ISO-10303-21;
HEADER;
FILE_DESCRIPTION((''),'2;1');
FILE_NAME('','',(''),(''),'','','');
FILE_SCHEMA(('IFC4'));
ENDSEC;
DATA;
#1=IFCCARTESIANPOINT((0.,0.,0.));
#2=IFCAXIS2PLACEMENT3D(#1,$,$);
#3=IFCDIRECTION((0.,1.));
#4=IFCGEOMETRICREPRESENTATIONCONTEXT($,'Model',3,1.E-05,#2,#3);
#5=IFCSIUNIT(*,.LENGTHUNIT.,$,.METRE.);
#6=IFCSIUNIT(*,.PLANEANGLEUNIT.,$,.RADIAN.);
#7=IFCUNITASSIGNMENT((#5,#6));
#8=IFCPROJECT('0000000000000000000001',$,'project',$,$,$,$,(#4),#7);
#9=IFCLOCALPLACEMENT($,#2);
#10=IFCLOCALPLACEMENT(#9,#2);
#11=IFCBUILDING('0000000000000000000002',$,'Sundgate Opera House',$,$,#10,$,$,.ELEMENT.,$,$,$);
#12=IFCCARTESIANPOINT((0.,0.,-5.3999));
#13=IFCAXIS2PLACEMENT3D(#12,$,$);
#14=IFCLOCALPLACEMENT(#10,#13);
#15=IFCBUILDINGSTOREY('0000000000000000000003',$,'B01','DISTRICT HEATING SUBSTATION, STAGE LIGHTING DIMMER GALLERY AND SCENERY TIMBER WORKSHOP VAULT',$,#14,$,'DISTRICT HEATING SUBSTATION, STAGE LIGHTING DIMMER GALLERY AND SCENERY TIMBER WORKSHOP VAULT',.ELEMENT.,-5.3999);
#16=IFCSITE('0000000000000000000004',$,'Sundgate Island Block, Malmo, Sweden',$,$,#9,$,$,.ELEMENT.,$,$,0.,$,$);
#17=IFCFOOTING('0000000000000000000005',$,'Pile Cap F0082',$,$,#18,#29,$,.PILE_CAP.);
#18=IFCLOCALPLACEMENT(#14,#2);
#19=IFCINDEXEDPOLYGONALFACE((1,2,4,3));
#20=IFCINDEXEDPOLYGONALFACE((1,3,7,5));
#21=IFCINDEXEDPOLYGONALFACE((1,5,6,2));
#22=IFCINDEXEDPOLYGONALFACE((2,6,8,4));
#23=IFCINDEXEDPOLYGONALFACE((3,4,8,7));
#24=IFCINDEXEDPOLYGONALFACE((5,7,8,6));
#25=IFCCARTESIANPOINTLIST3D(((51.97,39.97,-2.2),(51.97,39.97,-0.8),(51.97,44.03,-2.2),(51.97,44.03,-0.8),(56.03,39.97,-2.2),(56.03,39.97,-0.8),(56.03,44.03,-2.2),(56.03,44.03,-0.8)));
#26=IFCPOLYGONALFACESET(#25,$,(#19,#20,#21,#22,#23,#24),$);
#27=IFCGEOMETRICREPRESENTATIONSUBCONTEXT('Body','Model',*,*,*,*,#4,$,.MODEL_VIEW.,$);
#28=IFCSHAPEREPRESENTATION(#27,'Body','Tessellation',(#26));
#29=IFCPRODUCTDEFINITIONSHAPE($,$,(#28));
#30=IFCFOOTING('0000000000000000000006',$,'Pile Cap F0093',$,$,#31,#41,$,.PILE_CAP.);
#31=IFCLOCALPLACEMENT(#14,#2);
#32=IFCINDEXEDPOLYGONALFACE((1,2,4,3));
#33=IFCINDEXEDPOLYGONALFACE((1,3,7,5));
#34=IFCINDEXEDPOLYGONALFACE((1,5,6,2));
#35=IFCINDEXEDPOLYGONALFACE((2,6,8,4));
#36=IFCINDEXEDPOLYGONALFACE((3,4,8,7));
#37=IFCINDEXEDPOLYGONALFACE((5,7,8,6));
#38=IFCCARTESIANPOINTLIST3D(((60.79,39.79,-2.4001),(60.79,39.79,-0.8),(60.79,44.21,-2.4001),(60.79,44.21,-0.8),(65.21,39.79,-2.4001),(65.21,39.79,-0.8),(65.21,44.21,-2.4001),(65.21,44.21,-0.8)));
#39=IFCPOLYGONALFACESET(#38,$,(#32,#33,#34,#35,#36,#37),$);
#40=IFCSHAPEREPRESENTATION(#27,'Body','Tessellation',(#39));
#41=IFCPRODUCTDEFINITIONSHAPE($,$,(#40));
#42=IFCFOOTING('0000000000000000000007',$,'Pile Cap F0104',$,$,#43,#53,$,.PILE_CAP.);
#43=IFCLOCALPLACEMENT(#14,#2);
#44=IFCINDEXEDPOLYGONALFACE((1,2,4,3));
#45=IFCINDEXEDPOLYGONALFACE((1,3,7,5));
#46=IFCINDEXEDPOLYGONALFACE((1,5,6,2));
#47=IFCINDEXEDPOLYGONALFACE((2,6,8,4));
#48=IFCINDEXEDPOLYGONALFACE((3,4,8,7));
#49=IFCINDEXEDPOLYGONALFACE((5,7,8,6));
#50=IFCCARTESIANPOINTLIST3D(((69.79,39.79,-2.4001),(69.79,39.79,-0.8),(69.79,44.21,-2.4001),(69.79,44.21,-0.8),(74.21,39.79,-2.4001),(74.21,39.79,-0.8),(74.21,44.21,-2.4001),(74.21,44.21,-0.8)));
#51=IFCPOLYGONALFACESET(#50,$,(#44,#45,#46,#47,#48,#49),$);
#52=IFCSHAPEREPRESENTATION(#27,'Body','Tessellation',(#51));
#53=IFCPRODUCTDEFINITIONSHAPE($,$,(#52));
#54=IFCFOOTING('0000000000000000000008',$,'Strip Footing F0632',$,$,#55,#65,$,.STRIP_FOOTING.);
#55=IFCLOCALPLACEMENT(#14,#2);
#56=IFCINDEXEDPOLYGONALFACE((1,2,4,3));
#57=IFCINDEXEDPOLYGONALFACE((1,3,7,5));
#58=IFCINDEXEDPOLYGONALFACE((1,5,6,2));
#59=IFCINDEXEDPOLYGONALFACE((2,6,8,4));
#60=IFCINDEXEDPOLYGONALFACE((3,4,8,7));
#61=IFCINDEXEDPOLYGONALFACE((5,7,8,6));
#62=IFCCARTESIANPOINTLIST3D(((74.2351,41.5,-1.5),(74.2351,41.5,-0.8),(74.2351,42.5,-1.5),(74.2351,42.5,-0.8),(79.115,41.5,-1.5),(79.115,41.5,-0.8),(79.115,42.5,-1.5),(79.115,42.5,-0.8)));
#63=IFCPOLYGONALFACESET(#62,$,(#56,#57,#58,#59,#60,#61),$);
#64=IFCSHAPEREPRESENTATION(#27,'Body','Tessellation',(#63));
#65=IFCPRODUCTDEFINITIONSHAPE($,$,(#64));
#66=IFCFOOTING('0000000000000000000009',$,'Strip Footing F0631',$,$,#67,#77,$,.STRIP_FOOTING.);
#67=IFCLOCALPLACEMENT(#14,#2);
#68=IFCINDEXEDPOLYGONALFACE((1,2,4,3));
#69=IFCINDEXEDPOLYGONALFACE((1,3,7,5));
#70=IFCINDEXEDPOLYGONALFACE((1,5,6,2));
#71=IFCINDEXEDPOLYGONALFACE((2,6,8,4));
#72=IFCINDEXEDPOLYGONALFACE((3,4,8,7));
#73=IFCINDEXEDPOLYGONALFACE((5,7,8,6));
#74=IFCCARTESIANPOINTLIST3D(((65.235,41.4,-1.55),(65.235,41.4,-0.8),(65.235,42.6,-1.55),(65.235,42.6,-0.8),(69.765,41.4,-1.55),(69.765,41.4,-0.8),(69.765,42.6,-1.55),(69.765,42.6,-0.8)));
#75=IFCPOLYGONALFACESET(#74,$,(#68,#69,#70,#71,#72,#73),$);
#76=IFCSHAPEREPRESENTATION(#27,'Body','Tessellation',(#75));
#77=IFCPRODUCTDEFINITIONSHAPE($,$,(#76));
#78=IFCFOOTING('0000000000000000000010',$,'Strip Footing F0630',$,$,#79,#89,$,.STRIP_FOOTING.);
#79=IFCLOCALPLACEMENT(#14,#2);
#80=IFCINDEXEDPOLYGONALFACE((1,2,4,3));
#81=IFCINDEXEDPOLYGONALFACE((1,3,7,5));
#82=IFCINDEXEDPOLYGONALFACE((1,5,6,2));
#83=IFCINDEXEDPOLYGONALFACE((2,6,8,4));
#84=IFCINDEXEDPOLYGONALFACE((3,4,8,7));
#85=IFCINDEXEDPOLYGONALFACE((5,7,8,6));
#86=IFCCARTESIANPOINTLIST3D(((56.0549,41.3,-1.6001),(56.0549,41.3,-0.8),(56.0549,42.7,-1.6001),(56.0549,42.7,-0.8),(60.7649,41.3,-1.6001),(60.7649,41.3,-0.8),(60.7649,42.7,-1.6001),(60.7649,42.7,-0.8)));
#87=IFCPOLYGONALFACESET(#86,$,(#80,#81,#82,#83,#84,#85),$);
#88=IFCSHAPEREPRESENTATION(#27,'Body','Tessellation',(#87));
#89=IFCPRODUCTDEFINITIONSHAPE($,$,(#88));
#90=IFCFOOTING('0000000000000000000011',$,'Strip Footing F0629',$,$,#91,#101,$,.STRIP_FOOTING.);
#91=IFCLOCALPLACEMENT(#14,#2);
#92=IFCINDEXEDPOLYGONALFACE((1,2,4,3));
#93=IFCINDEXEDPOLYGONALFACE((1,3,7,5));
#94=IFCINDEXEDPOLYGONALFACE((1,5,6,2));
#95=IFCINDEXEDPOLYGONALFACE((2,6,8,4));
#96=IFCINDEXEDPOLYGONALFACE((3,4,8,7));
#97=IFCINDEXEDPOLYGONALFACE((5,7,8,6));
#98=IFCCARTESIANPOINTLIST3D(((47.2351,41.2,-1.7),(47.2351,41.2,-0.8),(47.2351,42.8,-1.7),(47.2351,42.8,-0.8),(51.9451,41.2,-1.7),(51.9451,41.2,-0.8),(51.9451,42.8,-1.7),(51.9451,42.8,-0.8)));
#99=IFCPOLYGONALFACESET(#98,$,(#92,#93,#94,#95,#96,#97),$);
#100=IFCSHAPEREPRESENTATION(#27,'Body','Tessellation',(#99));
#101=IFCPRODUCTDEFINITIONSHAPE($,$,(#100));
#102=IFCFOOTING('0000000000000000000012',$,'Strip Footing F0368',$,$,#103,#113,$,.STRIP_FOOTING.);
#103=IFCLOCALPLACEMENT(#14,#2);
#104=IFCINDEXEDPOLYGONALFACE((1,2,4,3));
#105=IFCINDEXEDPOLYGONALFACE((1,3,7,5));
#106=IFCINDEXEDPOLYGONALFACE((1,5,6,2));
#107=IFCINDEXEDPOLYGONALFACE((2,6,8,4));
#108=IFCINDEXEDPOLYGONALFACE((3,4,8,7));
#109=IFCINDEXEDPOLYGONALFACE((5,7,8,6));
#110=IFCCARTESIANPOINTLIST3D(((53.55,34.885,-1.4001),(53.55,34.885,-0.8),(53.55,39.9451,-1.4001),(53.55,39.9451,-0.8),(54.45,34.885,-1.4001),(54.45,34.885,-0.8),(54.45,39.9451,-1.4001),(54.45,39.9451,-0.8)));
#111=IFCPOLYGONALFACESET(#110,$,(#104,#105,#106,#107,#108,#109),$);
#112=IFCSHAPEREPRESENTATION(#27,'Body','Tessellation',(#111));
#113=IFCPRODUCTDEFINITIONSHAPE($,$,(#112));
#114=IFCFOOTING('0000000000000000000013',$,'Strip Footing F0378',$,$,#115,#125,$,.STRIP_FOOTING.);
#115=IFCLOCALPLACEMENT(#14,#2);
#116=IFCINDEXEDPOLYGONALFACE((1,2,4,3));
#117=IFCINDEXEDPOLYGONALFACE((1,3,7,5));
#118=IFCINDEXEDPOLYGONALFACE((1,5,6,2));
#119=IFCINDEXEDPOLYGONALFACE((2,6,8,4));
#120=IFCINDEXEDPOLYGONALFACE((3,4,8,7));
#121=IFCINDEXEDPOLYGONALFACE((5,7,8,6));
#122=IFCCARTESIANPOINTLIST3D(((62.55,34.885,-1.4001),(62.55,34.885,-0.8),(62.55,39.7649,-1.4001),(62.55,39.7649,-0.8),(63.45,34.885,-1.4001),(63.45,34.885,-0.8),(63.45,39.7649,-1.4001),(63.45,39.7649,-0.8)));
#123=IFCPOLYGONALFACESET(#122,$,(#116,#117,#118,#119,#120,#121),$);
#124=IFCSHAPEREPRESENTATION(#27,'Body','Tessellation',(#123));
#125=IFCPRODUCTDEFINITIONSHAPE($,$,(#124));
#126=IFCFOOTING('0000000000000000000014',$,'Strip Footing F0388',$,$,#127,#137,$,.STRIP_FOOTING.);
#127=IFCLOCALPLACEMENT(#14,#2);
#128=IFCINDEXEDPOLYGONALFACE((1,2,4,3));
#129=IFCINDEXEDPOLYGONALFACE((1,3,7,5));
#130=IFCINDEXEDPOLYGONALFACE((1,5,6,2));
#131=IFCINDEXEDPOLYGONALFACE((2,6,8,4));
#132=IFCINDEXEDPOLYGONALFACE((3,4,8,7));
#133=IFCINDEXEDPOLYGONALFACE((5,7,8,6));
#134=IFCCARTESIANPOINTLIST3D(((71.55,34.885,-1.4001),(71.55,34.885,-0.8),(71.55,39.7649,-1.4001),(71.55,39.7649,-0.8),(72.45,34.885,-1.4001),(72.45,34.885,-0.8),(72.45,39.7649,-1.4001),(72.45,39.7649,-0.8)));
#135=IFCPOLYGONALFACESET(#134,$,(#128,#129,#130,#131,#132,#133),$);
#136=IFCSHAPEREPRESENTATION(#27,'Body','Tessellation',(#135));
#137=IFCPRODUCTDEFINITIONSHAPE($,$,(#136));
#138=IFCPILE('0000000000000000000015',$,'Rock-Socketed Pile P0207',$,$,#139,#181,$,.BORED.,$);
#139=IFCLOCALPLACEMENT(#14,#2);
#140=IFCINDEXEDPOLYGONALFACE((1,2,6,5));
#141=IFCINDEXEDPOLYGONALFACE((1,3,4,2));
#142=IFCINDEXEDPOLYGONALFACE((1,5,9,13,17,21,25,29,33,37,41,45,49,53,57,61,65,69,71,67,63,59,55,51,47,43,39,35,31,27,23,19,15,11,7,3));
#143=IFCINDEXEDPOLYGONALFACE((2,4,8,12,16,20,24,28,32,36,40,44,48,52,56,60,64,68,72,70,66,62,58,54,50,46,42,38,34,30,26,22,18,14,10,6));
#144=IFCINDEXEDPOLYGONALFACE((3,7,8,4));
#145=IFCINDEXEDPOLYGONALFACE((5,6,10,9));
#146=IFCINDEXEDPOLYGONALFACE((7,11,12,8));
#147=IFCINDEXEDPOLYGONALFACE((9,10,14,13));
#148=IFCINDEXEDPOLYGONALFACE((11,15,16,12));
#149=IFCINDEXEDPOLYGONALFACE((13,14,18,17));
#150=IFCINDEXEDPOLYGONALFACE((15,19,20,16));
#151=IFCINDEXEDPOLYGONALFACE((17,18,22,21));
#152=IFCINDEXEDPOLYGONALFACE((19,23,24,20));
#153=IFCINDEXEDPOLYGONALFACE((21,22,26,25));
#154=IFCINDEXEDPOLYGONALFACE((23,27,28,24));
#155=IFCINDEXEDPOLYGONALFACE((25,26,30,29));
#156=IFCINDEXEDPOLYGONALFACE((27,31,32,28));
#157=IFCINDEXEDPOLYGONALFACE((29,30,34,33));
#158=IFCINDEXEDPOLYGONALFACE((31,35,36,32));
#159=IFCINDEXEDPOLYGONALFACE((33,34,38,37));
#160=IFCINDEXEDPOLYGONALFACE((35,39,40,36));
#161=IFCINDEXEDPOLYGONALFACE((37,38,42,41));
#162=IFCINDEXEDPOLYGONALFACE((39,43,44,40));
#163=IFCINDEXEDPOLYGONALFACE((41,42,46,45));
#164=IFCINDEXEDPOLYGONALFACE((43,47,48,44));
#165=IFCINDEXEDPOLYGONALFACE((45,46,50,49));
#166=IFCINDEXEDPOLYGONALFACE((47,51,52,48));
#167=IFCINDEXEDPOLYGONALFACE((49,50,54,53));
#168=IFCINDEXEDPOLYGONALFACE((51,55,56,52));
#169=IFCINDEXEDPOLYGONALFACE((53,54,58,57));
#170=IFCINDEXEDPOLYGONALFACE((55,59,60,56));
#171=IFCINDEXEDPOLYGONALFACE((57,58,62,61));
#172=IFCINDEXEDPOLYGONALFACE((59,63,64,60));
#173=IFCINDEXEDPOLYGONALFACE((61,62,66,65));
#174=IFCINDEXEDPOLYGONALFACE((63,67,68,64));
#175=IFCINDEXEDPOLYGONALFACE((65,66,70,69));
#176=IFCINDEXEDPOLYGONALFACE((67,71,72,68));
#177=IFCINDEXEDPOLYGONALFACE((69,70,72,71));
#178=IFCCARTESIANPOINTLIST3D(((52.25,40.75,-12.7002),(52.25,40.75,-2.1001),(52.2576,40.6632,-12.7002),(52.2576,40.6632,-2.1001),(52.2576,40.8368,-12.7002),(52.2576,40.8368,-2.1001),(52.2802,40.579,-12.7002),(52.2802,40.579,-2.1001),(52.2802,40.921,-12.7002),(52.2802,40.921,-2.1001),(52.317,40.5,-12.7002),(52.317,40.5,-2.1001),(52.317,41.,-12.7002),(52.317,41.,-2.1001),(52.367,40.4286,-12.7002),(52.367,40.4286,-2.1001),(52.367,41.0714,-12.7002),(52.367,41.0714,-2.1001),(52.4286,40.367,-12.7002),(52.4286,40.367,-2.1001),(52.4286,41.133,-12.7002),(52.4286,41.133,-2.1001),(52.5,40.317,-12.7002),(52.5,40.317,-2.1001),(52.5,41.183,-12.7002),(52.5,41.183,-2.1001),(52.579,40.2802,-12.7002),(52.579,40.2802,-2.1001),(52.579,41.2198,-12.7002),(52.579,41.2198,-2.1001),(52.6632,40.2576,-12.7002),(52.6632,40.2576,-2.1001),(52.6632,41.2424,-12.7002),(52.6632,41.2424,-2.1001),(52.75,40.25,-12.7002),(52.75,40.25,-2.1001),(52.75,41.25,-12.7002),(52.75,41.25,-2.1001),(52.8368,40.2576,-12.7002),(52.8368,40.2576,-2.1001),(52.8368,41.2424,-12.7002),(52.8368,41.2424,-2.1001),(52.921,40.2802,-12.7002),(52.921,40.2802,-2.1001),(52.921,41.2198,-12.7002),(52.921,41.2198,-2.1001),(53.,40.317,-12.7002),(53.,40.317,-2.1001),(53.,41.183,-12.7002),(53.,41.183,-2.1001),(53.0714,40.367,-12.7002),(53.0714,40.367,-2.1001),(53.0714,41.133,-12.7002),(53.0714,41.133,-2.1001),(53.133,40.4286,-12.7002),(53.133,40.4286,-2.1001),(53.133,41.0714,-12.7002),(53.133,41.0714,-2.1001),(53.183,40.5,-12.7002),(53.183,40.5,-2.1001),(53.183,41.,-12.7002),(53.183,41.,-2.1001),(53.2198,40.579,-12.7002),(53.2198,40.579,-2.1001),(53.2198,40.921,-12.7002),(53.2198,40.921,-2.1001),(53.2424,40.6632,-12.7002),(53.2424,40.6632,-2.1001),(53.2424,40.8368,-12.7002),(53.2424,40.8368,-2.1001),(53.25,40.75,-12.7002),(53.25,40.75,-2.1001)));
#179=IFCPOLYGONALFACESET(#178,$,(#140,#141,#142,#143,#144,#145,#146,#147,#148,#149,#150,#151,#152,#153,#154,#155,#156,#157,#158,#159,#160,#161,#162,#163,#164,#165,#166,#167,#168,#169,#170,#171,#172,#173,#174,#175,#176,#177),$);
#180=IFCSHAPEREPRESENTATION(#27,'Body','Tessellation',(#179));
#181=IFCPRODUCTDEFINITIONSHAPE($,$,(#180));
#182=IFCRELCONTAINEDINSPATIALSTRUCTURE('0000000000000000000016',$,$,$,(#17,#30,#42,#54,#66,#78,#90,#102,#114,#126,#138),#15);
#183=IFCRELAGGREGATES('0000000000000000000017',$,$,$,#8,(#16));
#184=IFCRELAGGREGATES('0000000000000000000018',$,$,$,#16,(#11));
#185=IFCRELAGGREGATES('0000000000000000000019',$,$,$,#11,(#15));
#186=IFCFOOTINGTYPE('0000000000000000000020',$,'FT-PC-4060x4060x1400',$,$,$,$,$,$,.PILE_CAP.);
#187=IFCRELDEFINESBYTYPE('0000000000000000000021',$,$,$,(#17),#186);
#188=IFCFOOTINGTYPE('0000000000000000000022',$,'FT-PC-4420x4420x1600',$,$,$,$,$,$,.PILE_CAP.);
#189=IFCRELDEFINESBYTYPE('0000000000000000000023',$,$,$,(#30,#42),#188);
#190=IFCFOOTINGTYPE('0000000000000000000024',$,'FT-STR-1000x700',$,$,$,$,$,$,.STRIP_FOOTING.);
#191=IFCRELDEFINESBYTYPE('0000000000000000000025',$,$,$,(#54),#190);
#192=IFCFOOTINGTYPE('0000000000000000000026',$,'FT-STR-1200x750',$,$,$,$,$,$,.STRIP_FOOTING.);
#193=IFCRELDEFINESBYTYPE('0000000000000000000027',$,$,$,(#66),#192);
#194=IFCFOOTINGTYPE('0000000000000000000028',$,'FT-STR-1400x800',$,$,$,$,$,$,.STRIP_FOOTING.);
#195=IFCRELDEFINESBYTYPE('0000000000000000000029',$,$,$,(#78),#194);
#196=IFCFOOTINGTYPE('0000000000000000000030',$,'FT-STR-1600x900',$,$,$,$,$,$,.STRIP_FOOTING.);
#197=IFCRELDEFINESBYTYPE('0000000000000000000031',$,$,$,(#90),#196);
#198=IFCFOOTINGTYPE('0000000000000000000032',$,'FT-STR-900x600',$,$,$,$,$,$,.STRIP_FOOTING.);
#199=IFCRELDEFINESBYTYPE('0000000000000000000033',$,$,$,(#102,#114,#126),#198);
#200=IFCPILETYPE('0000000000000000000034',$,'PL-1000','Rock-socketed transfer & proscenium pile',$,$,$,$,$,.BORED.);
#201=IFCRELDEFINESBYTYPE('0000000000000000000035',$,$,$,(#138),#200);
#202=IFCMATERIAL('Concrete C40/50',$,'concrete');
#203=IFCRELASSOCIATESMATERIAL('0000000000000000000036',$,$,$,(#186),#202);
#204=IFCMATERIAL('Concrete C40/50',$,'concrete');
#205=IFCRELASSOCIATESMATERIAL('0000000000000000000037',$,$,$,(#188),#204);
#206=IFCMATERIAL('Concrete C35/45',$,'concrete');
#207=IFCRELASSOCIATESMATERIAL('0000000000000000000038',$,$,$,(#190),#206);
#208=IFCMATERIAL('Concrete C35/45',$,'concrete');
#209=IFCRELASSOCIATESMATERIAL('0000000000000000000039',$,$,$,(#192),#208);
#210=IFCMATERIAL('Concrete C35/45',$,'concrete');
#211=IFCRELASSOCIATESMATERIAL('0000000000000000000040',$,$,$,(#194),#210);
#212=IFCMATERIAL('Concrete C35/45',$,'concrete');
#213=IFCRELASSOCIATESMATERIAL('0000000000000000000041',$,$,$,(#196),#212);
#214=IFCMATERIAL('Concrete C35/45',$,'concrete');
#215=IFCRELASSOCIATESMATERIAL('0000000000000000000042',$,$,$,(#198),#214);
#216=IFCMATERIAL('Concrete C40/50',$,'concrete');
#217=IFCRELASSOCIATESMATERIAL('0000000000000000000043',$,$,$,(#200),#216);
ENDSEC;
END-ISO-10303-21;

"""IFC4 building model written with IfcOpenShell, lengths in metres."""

from ifc_helpers import new_model, si_unit, direction, frame, origin, origin_2d, place, context, subcontext, project, spatial, rectangle, circle, extrude, material, material_profile, profile_set, type_object, element, save


model = new_model("IFC4")

# Units and contexts
model_context = context("Model", 3, precision=1e-05, world=origin(), true_north=direction((0.0, 1.0)))
body_context = subcontext(model_context, "Body", "Model", "MODEL_VIEW")
ifc_project = project(units=[si_unit("LENGTHUNIT", "METRE"), si_unit("PLANEANGLEUNIT", "RADIAN")], contexts=[model_context])

# Site, building, storey
site_placement = place(None, origin())
site = spatial("IfcSite", under=ifc_project, at=site_placement, Name="Sundgate Island Block, Malmo, Sweden", CompositionType="ELEMENT", RefElevation=0.0)
building_placement = place(site_placement, origin())
building = spatial("IfcBuilding", under=site, at=building_placement, Name="Sundgate Opera House", CompositionType="ELEMENT")
storey_placement = place(building_placement, frame((0.0, 0.0, -5.3999)))
storey = spatial("IfcBuildingStorey", under=building, at=storey_placement, Name="B01", Description="DISTRICT HEATING SUBSTATION, STAGE LIGHTING DIMMER GALLERY AND SCENERY TIMBER WORKSHOP VAULT", LongName="DISTRICT HEATING SUBSTATION, STAGE LIGHTING DIMMER GALLERY AND SCENERY TIMBER WORKSHOP VAULT", CompositionType="ELEMENT", Elevation=-5.3999)

# Footings
ifc_material_1 = material(Name="Concrete C40/50", Category="concrete")
footing_type_1 = type_object("IfcFootingType", Name="FT-PC-4060x4060x1400", PredefinedType="PILE_CAP", material=ifc_material_1)
footing_1_placement = place(storey_placement, frame((54.0, 42.0, -2.2), z_axis=(0.0, 0.0, 1.0), x_axis=(1.0, 0.0, 0.0)))
element("IfcFooting", 1, at=footing_1_placement, inside=storey, type_object=footing_type_1, Name="Pile Cap F0082", PredefinedType="PILE_CAP", context=body_context, shape_type="SweptSolid", body=[
    extrude(rectangle(XDim=4.0601, YDim=4.0601, at=origin_2d()), origin(), (0.0, 0.0, 1.0), 1.3999),
])
ifc_material_2 = material(Name="Concrete C40/50", Category="concrete")
footing_type_2 = type_object("IfcFootingType", Name="FT-PC-4420x4420x1600", PredefinedType="PILE_CAP", material=ifc_material_2)
for number, where, z_axis, x_axis, name in (
    (2, (63.0, 42.0, -2.4001), (0.0, 0.0, 1.0), (1.0, 0.0, 0.0), "Pile Cap F0093"),
    (3, (72.0, 42.0, -2.4001), (0.0, 0.0, 1.0), (1.0, 0.0, 0.0), "Pile Cap F0104"),
):
    element("IfcFooting", number, at=place(storey_placement, frame(where, z_axis=z_axis, x_axis=x_axis)), inside=storey, type_object=footing_type_2, Name=name, PredefinedType="PILE_CAP", context=body_context, shape_type="SweptSolid", body=[
        extrude(rectangle(XDim=4.4199, YDim=4.4199, at=origin_2d()), origin(), (0.0, 0.0, 1.0), 1.6001),
    ])
ifc_material_3 = material(Name="Concrete C35/45", Category="concrete")
footing_type_3 = type_object("IfcFootingType", Name="FT-STR-1000x700", PredefinedType="STRIP_FOOTING", material=ifc_material_3)
footing_2_placement = place(storey_placement, frame((76.675, 42.0, -1.5), z_axis=(0.0, 0.0, 1.0), x_axis=(1.0, 0.0, 0.0)))
element("IfcFooting", 4, at=footing_2_placement, inside=storey, type_object=footing_type_3, Name="Strip Footing F0632", PredefinedType="STRIP_FOOTING", context=body_context, shape_type="SweptSolid", body=[
    extrude(rectangle(XDim=4.8799, YDim=1.0, at=origin_2d()), origin(), (0.0, 0.0, 1.0), 0.7),
])
ifc_material_4 = material(Name="Concrete C35/45", Category="concrete")
footing_type_4 = type_object("IfcFootingType", Name="FT-STR-1200x750", PredefinedType="STRIP_FOOTING", material=ifc_material_4)
footing_3_placement = place(storey_placement, frame((67.5, 42.0, -1.55), z_axis=(0.0, 0.0, 1.0), x_axis=(1.0, 0.0, 0.0)))
element("IfcFooting", 5, at=footing_3_placement, inside=storey, type_object=footing_type_4, Name="Strip Footing F0631", PredefinedType="STRIP_FOOTING", context=body_context, shape_type="SweptSolid", body=[
    extrude(rectangle(XDim=4.53, YDim=1.2, at=origin_2d()), origin(), (0.0, 0.0, 1.0), 0.75),
])
ifc_material_5 = material(Name="Concrete C35/45", Category="concrete")
footing_type_5 = type_object("IfcFootingType", Name="FT-STR-1400x800", PredefinedType="STRIP_FOOTING", material=ifc_material_5)
footing_4_placement = place(storey_placement, frame((58.4099, 42.0, -1.6001), z_axis=(0.0, 0.0, 1.0), x_axis=(1.0, 0.0, 0.0)))
element("IfcFooting", 6, at=footing_4_placement, inside=storey, type_object=footing_type_5, Name="Strip Footing F0630", PredefinedType="STRIP_FOOTING", context=body_context, shape_type="SweptSolid", body=[
    extrude(rectangle(XDim=4.71, YDim=1.3999, at=origin_2d()), origin(), (0.0, 0.0, 1.0), 0.8),
])
ifc_material_6 = material(Name="Concrete C35/45", Category="concrete")
footing_type_6 = type_object("IfcFootingType", Name="FT-STR-1600x900", PredefinedType="STRIP_FOOTING", material=ifc_material_6)
footing_5_placement = place(storey_placement, frame((49.5901, 42.0, -1.7), z_axis=(0.0, 0.0, 1.0), x_axis=(1.0, 0.0, 0.0)))
element("IfcFooting", 7, at=footing_5_placement, inside=storey, type_object=footing_type_6, Name="Strip Footing F0629", PredefinedType="STRIP_FOOTING", context=body_context, shape_type="SweptSolid", body=[
    extrude(rectangle(XDim=4.71, YDim=1.6001, at=origin_2d()), origin(), (0.0, 0.0, 1.0), 0.8999),
])
ifc_material_7 = material(Name="Concrete C35/45", Category="concrete")
footing_type_7 = type_object("IfcFootingType", Name="FT-STR-900x600", PredefinedType="STRIP_FOOTING", material=ifc_material_7)
footing_6_placement = place(storey_placement, frame((54.0, 37.415, -1.4001), z_axis=(0.0, 0.0, 1.0), x_axis=(1.0, 0.0, 0.0)))
element("IfcFooting", 8, at=footing_6_placement, inside=storey, type_object=footing_type_7, Name="Strip Footing F0368", PredefinedType="STRIP_FOOTING", context=body_context, shape_type="SweptSolid", body=[
    extrude(rectangle(XDim=0.8999, YDim=5.0601, at=origin_2d()), origin(), (0.0, 0.0, 1.0), 0.6001),
])
for number, where, z_axis, x_axis, name in (
    (9, (63.0, 37.325, -1.4001), (0.0, 0.0, 1.0), (1.0, 0.0, 0.0), "Strip Footing F0378"),
    (10, (72.0, 37.325, -1.4001), (0.0, 0.0, 1.0), (1.0, 0.0, 0.0), "Strip Footing F0388"),
):
    element("IfcFooting", number, at=place(storey_placement, frame(where, z_axis=z_axis, x_axis=x_axis)), inside=storey, type_object=footing_type_7, Name=name, PredefinedType="STRIP_FOOTING", context=body_context, shape_type="SweptSolid", body=[
        extrude(rectangle(XDim=0.8999, YDim=4.8799, at=origin_2d()), origin(), (0.0, 0.0, 1.0), 0.6001),
    ])

# Pile
ifc_material_8 = material(Name="Concrete C40/50", Category="concrete")
ifc_material_profile_1 = material_profile(ifc_material_8, circle(Radius=0.5, at=origin_2d()), Name="PILE D1000")
ifc_profile_set_1 = profile_set([ifc_material_profile_1], Name="Concrete C40/50")
pile_type_1 = type_object("IfcPileType", Name="PL-1000", Description="Rock-socketed transfer & proscenium pile", PredefinedType="BORED", material=ifc_profile_set_1)
for number, where, z_axis, x_axis, name in (
    (11, (52.75, 40.75, -2.1001), (0.0, 0.0, -1.0), (1.0, 0.0, 0.0), "Rock-Socketed Pile P0207"),
):
    element("IfcPile", number, at=place(storey_placement, frame(where, z_axis=z_axis, x_axis=x_axis)), inside=storey, type_object=pile_type_1, Name=name, PredefinedType="BORED", context=body_context, shape_type="SweptSolid", body=[
        extrude(circle(Radius=0.5, at=origin_2d()), origin(), (0.0, 0.0, 1.0), 10.6001),
    ])

save(model, "model.ifc")
